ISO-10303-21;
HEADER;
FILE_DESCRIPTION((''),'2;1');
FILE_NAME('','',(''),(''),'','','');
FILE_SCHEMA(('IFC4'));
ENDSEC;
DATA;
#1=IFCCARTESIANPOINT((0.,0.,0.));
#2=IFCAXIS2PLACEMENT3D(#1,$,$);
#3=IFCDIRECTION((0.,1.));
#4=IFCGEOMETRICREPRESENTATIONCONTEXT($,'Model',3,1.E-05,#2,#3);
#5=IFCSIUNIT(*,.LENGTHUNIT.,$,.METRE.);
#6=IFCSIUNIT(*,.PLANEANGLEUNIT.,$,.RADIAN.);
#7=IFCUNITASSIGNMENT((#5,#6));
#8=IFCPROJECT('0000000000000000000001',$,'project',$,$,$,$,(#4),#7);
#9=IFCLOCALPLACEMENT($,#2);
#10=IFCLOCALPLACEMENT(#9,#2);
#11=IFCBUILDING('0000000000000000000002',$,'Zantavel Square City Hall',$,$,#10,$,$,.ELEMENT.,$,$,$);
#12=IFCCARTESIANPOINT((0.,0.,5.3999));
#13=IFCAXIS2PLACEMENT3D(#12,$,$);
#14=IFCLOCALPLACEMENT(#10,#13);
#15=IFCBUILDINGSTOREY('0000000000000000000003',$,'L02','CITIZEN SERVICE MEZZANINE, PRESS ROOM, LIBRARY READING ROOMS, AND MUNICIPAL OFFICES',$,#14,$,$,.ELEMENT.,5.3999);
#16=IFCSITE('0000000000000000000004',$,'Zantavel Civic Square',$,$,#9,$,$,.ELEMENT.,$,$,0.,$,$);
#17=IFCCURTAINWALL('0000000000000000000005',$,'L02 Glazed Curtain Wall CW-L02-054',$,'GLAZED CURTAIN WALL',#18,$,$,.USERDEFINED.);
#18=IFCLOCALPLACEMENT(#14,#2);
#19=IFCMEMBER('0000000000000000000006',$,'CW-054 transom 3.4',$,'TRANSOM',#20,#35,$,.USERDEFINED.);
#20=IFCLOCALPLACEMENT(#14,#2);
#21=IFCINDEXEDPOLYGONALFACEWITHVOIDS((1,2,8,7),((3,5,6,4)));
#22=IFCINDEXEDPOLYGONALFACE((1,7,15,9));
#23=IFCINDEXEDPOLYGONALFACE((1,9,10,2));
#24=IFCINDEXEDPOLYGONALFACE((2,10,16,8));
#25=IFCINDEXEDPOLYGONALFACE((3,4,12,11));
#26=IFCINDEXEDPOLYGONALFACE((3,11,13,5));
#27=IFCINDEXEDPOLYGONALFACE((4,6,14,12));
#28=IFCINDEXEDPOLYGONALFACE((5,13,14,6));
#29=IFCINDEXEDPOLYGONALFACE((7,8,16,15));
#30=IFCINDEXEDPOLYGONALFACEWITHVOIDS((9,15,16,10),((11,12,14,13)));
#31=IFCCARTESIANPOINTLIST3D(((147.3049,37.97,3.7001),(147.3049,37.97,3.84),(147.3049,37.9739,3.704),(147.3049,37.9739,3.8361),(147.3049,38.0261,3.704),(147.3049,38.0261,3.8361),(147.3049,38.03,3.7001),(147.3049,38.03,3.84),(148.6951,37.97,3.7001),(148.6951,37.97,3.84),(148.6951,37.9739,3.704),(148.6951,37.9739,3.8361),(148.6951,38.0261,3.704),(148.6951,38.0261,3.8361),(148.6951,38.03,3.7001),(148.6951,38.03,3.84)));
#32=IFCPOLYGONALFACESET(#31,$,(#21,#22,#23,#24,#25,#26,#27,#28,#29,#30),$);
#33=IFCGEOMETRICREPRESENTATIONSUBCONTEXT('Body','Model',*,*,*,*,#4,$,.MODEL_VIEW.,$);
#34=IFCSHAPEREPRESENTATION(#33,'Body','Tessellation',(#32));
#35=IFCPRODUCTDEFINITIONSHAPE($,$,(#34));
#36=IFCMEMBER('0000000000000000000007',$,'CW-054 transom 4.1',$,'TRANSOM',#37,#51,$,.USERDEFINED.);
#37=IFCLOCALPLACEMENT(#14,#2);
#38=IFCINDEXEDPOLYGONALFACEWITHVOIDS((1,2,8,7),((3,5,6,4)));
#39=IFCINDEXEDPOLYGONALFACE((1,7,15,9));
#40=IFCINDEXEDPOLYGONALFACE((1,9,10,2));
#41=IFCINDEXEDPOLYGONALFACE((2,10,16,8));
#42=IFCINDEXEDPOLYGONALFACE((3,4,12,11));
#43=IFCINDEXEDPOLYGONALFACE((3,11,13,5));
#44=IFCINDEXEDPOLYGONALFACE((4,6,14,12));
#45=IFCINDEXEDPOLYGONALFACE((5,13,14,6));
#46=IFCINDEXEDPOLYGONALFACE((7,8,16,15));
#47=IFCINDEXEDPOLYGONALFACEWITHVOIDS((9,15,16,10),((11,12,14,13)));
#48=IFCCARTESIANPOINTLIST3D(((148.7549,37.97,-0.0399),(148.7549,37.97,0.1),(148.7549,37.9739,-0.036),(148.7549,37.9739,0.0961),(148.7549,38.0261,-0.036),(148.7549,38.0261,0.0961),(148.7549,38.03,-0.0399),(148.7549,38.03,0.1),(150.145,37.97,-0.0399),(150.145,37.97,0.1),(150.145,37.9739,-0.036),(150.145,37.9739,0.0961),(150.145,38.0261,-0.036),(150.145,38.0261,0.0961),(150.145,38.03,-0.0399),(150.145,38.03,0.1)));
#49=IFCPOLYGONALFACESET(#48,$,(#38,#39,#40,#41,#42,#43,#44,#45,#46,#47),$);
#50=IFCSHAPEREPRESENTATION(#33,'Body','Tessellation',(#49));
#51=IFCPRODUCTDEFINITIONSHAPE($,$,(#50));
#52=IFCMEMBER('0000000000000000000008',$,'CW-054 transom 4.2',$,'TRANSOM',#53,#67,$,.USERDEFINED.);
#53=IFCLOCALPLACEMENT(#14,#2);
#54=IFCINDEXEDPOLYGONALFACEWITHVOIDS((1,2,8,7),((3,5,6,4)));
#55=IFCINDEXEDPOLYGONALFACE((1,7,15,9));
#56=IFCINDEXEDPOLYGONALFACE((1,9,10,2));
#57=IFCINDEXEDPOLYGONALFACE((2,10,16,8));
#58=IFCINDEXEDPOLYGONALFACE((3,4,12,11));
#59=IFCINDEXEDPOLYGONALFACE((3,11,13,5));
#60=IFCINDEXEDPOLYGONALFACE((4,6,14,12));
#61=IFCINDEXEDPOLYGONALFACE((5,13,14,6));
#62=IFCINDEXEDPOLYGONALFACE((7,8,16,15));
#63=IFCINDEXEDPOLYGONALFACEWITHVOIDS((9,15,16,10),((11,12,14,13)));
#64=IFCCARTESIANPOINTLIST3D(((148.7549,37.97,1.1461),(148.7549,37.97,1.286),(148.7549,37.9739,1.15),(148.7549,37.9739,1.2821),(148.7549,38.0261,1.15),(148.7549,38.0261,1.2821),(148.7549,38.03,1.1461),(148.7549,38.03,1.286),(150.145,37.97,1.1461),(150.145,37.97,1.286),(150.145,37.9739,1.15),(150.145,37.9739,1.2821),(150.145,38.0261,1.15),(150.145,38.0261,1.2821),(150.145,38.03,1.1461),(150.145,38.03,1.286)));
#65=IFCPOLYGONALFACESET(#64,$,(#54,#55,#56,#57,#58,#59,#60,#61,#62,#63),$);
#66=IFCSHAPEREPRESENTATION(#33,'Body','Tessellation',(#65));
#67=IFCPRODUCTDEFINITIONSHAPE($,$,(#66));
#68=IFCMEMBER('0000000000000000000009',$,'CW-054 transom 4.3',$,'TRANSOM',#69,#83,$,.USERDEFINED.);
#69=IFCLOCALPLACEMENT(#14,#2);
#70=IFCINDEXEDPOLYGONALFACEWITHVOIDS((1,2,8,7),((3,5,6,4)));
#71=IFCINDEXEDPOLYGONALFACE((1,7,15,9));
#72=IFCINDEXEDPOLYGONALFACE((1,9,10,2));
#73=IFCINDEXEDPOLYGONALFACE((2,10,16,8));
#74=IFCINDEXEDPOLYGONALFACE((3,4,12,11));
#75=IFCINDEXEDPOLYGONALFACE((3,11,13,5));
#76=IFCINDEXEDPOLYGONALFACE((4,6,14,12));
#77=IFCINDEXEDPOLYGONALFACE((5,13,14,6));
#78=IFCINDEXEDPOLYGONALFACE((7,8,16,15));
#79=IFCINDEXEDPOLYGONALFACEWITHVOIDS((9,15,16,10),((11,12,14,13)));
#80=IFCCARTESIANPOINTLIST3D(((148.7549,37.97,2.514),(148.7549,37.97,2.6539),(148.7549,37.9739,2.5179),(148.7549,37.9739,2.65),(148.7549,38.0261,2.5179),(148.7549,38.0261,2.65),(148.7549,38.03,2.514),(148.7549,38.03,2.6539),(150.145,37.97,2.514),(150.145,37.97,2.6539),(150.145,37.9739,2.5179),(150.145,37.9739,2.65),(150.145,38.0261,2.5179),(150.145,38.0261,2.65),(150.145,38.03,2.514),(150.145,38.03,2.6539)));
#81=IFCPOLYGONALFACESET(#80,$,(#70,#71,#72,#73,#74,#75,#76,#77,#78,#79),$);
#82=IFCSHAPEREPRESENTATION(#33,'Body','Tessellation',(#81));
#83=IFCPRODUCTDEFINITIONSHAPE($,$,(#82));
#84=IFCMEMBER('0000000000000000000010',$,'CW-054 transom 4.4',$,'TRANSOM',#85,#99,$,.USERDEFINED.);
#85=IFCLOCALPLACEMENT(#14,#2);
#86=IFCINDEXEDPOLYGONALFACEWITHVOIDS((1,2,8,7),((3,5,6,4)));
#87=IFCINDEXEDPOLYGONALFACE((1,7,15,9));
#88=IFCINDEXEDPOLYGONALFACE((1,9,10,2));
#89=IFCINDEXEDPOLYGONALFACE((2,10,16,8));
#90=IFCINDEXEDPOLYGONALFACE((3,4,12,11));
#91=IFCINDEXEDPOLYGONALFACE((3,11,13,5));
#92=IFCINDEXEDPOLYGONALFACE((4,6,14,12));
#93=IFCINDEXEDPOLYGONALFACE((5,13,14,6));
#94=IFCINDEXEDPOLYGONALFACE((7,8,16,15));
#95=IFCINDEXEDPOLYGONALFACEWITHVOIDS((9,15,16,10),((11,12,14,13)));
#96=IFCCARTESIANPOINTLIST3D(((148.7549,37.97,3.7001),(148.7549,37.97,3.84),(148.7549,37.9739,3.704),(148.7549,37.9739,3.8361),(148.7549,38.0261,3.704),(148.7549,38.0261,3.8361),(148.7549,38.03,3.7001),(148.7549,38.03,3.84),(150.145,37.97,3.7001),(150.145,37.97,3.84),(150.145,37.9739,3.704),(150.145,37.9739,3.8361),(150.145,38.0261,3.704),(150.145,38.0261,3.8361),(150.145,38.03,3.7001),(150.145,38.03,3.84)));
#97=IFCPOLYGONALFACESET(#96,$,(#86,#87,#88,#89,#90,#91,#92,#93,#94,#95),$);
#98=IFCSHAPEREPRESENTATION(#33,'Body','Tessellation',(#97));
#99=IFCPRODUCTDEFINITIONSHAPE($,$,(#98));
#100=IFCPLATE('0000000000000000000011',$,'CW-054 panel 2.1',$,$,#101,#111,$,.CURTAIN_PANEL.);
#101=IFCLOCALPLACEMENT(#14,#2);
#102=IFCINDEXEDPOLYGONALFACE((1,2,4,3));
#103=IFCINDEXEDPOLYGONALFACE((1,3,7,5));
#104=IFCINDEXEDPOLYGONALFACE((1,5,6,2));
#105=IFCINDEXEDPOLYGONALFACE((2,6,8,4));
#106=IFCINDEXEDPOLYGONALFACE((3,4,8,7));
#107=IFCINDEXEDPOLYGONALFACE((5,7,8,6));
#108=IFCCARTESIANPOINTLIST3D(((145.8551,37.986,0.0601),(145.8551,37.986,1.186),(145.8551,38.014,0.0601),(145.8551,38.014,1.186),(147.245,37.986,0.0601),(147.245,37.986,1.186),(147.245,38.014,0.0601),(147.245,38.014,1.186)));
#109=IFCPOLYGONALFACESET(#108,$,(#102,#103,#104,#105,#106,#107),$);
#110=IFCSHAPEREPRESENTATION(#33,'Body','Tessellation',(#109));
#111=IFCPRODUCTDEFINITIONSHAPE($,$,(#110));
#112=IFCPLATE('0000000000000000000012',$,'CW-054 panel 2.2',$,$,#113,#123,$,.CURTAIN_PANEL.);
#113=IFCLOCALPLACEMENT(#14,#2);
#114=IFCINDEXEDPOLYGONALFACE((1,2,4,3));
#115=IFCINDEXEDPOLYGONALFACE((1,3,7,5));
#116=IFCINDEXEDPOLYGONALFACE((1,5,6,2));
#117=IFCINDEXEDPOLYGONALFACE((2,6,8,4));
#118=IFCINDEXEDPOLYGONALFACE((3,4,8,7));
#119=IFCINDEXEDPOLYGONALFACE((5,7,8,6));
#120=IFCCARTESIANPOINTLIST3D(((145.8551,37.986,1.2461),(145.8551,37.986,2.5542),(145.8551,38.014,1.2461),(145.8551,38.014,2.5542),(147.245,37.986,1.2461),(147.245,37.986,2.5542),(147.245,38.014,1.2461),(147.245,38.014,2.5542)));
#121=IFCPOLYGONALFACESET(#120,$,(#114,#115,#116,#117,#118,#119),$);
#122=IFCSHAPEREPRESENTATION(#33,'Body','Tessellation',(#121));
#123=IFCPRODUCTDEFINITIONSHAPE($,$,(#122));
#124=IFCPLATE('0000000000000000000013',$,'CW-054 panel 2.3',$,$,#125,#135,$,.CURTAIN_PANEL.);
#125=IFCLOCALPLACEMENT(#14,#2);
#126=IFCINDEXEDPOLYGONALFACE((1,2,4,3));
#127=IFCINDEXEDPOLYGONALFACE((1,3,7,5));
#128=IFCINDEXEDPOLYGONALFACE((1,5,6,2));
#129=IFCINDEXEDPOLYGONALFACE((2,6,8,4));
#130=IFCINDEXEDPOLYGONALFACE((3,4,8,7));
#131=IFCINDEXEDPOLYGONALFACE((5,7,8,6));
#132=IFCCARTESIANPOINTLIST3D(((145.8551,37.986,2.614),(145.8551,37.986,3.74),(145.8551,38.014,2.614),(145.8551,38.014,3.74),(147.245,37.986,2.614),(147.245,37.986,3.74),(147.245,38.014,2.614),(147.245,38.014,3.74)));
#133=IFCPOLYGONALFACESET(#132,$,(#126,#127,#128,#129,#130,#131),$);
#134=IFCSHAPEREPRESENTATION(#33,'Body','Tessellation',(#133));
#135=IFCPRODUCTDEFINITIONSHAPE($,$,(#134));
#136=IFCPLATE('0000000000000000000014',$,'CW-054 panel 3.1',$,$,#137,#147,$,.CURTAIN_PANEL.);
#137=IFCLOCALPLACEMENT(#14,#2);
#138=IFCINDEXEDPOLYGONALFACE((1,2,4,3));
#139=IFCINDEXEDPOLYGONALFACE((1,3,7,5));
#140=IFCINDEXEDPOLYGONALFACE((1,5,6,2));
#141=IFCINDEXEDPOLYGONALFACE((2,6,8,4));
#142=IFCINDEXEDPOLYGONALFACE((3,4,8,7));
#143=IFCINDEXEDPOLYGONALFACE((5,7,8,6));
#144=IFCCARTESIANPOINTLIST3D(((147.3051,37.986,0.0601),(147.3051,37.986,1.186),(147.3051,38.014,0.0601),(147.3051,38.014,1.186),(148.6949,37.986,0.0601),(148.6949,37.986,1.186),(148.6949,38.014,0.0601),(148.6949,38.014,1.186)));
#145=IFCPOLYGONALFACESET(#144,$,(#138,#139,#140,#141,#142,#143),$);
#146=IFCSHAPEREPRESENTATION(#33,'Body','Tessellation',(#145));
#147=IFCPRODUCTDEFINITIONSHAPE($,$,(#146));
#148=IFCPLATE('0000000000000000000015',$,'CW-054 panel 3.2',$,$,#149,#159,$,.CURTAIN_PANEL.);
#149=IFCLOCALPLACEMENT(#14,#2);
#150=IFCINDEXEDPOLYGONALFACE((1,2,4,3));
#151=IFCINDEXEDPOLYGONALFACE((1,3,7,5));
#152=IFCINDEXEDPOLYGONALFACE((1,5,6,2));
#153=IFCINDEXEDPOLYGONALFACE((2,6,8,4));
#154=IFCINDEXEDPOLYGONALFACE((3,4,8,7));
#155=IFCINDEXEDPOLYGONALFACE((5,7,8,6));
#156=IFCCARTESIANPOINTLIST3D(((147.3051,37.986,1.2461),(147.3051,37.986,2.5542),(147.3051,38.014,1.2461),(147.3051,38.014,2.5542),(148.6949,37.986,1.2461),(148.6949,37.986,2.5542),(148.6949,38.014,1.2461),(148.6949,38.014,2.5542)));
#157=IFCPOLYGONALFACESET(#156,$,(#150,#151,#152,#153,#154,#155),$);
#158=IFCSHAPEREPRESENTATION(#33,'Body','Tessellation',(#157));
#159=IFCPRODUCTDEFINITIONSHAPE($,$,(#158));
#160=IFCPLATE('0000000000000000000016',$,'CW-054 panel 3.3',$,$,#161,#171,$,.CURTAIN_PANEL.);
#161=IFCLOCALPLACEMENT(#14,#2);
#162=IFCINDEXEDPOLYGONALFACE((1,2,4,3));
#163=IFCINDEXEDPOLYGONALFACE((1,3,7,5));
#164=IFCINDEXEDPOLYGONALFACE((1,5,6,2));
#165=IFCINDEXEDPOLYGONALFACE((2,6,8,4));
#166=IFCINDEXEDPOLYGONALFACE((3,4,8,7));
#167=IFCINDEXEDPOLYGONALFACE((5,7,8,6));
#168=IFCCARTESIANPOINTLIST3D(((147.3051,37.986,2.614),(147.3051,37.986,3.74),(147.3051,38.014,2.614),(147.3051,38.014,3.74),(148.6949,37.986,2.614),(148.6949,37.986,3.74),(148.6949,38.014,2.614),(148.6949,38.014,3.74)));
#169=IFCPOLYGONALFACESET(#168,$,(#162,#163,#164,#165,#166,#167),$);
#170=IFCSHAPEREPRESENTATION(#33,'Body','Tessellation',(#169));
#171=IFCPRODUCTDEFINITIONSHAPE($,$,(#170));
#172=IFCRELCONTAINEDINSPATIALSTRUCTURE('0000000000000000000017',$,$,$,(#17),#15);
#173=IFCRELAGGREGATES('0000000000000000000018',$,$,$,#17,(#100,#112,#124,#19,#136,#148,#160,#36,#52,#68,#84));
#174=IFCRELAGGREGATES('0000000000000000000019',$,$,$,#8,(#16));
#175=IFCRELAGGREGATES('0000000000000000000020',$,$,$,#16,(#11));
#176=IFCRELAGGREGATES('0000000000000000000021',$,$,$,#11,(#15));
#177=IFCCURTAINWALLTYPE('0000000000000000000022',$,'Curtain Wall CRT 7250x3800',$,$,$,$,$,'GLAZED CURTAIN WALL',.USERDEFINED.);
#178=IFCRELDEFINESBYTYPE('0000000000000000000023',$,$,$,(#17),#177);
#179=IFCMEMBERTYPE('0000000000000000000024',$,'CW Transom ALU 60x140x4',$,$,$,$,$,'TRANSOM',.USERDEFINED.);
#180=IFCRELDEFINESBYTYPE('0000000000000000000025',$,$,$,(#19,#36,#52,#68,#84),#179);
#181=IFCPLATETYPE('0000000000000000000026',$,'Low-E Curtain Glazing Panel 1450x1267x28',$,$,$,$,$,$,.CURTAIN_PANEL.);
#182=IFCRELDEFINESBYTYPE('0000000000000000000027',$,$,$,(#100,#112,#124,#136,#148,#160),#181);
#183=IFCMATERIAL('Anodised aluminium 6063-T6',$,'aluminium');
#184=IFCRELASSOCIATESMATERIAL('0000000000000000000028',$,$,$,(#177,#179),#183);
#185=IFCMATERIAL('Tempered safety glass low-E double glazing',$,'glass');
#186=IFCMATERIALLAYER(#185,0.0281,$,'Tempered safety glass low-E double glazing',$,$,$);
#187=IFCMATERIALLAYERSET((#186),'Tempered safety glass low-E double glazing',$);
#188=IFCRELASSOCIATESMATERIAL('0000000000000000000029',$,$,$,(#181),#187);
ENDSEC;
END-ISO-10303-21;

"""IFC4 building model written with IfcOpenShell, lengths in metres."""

from ifc_helpers import new_model, si_unit, direction, frame, origin, origin_2d, place, context, subcontext, project, spatial, rectangle, hollow_rectangle, extrude, material, layer, layer_set, material_profile, profile_set, type_object, element, aggregate, save


model = new_model("IFC4")

# Units and contexts
model_context = context("Model", 3, precision=1e-05, world=origin(), true_north=direction((0.0, 1.0)))
body_context = subcontext(model_context, "Body", "Model", "MODEL_VIEW")
ifc_project = project(units=[si_unit("LENGTHUNIT", "METRE"), si_unit("PLANEANGLEUNIT", "RADIAN")], contexts=[model_context])

# Site, building, storey
site_placement = place(None, origin())
site = spatial("IfcSite", under=ifc_project, at=site_placement, Name="Zantavel Civic Square", CompositionType="ELEMENT", RefElevation=0.0)
building_placement = place(site_placement, origin())
building = spatial("IfcBuilding", under=site, at=building_placement, Name="Zantavel Square City Hall", CompositionType="ELEMENT")
storey_placement = place(building_placement, frame((0.0, 0.0, 5.3999)))
storey = spatial("IfcBuildingStorey", under=building, at=storey_placement, Name="L02", Description="CITIZEN SERVICE MEZZANINE, PRESS ROOM, LIBRARY READING ROOMS, AND MUNICIPAL OFFICES", CompositionType="ELEMENT", Elevation=5.3999)

# Curtain wall, members, plates
ifc_material_1 = material(Name="Anodised aluminium 6063-T6", Category="aluminium")
curtain_wall_type = type_object("IfcCurtainWallType", Name="Curtain Wall CRT 7250x3800", ElementType="GLAZED CURTAIN WALL", PredefinedType="USERDEFINED", material=ifc_material_1)
curtain_wall_placement = place(storey_placement, origin())
curtain_wall = element("IfcCurtainWall", 1, at=curtain_wall_placement, inside=storey, type_object=curtain_wall_type, Name="L02 Glazed Curtain Wall CW-L02-054", ObjectType="GLAZED CURTAIN WALL", PredefinedType="USERDEFINED")
ifc_material_profile_1 = material_profile(ifc_material_1, hollow_rectangle(XDim=0.0601, YDim=0.1399, WallThickness=0.0039, at=origin_2d()), Name="ALU 60x140x4")
ifc_profile_set_1 = profile_set([ifc_material_profile_1], Name="Anodised aluminium 6063-T6")
member_type_1 = type_object("IfcMemberType", Name="CW Transom ALU 60x140x4", ElementType="TRANSOM", PredefinedType="USERDEFINED", material=ifc_profile_set_1)
member_1_placement = place(storey_placement, frame((147.3049, 38.0, 3.77), z_axis=(1.0, 0.0, 0.0), x_axis=(0.0, 1.0, 0.0)))
member_1 = element("IfcMember", 2, at=member_1_placement, type_object=member_type_1, Name="CW-054 transom 3.4", ObjectType="TRANSOM", PredefinedType="USERDEFINED", context=body_context, shape_type="SweptSolid", body=[
    extrude(hollow_rectangle(XDim=0.0601, YDim=0.1399, WallThickness=0.0039, at=origin_2d()), origin(), (0.0, 0.0, 1.0), 1.3901),
])
member_2_placement = place(storey_placement, frame((148.7549, 38.0, 0.03), z_axis=(1.0, 0.0, 0.0), x_axis=(0.0, 1.0, 0.0)))
member_2 = element("IfcMember", 3, at=member_2_placement, type_object=member_type_1, Name="CW-054 transom 4.1", ObjectType="TRANSOM", PredefinedType="USERDEFINED", context=body_context, shape_type="SweptSolid", body=[
    extrude(hollow_rectangle(XDim=0.0601, YDim=0.1399, WallThickness=0.0039, at=origin_2d()), origin(), (0.0, 0.0, 1.0), 1.3901),
])
member_3_placement = place(storey_placement, frame((148.7549, 38.0, 1.2161), z_axis=(1.0, 0.0, 0.0), x_axis=(0.0, 1.0, 0.0)))
member_3 = element("IfcMember", 4, at=member_3_placement, type_object=member_type_1, Name="CW-054 transom 4.2", ObjectType="TRANSOM", PredefinedType="USERDEFINED", context=body_context, shape_type="SweptSolid", body=[
    extrude(hollow_rectangle(XDim=0.0601, YDim=0.1399, WallThickness=0.0039, at=origin_2d()), origin(), (0.0, 0.0, 1.0), 1.3901),
])
member_4_placement = place(storey_placement, frame((148.7549, 38.0, 2.584), z_axis=(1.0, 0.0, 0.0), x_axis=(0.0, 1.0, 0.0)))
member_4 = element("IfcMember", 5, at=member_4_placement, type_object=member_type_1, Name="CW-054 transom 4.3", ObjectType="TRANSOM", PredefinedType="USERDEFINED", context=body_context, shape_type="SweptSolid", body=[
    extrude(hollow_rectangle(XDim=0.0601, YDim=0.1399, WallThickness=0.0039, at=origin_2d()), origin(), (0.0, 0.0, 1.0), 1.3901),
])
member_5_placement = place(storey_placement, frame((148.7549, 38.0, 3.77), z_axis=(1.0, 0.0, 0.0), x_axis=(0.0, 1.0, 0.0)))
member_5 = element("IfcMember", 6, at=member_5_placement, type_object=member_type_1, Name="CW-054 transom 4.4", ObjectType="TRANSOM", PredefinedType="USERDEFINED", context=body_context, shape_type="SweptSolid", body=[
    extrude(hollow_rectangle(XDim=0.0601, YDim=0.1399, WallThickness=0.0039, at=origin_2d()), origin(), (0.0, 0.0, 1.0), 1.3901),
])
ifc_material_2 = material(Name="Tempered safety glass low-E double glazing", Category="glass")
ifc_layer = layer(ifc_material_2, 0.0281, Name="Tempered safety glass low-E double glazing")
ifc_layer_set = layer_set([ifc_layer], Name="Tempered safety glass low-E double glazing")
plate_type = type_object("IfcPlateType", Name="Low-E Curtain Glazing Panel 1450x1267x28", PredefinedType="CURTAIN_PANEL", material=ifc_layer_set)
plate_1_placement = place(storey_placement, frame((146.55, 38.0, 0.0601), z_axis=(0.0, 0.0, 1.0), x_axis=(1.0, 0.0, 0.0)))
plate_1 = element("IfcPlate", 7, at=plate_1_placement, type_object=plate_type, Name="CW-054 panel 2.1", PredefinedType="CURTAIN_PANEL", context=body_context, shape_type="SweptSolid", body=[
    extrude(rectangle(XDim=1.3899, YDim=0.0281, at=origin_2d()), origin(), (0.0, 0.0, 1.0), 1.126),
])
plate_2_placement = place(storey_placement, frame((146.55, 38.0, 1.2461), z_axis=(0.0, 0.0, 1.0), x_axis=(1.0, 0.0, 0.0)))
plate_2 = element("IfcPlate", 8, at=plate_2_placement, type_object=plate_type, Name="CW-054 panel 2.2", PredefinedType="CURTAIN_PANEL", context=body_context, shape_type="SweptSolid", body=[
    extrude(rectangle(XDim=1.3899, YDim=0.0281, at=origin_2d()), origin(), (0.0, 0.0, 1.0), 1.3081),
])
plate_3_placement = place(storey_placement, frame((146.55, 38.0, 2.614), z_axis=(0.0, 0.0, 1.0), x_axis=(1.0, 0.0, 0.0)))
plate_3 = element("IfcPlate", 9, at=plate_3_placement, type_object=plate_type, Name="CW-054 panel 2.3", PredefinedType="CURTAIN_PANEL", context=body_context, shape_type="SweptSolid", body=[
    extrude(rectangle(XDim=1.3899, YDim=0.0281, at=origin_2d()), origin(), (0.0, 0.0, 1.0), 1.126),
])
plate_4_placement = place(storey_placement, frame((148.0, 38.0, 0.0601), z_axis=(0.0, 0.0, 1.0), x_axis=(1.0, 0.0, 0.0)))
plate_4 = element("IfcPlate", 10, at=plate_4_placement, type_object=plate_type, Name="CW-054 panel 3.1", PredefinedType="CURTAIN_PANEL", context=body_context, shape_type="SweptSolid", body=[
    extrude(rectangle(XDim=1.3899, YDim=0.0281, at=origin_2d()), origin(), (0.0, 0.0, 1.0), 1.126),
])
plate_5_placement = place(storey_placement, frame((148.0, 38.0, 1.2461), z_axis=(0.0, 0.0, 1.0), x_axis=(1.0, 0.0, 0.0)))
plate_5 = element("IfcPlate", 11, at=plate_5_placement, type_object=plate_type, Name="CW-054 panel 3.2", PredefinedType="CURTAIN_PANEL", context=body_context, shape_type="SweptSolid", body=[
    extrude(rectangle(XDim=1.3899, YDim=0.0281, at=origin_2d()), origin(), (0.0, 0.0, 1.0), 1.3081),
])
plate_6_placement = place(storey_placement, frame((148.0, 38.0, 2.614), z_axis=(0.0, 0.0, 1.0), x_axis=(1.0, 0.0, 0.0)))
plate_6 = element("IfcPlate", 12, at=plate_6_placement, type_object=plate_type, Name="CW-054 panel 3.3", PredefinedType="CURTAIN_PANEL", context=body_context, shape_type="SweptSolid", body=[
    extrude(rectangle(XDim=1.3899, YDim=0.0281, at=origin_2d()), origin(), (0.0, 0.0, 1.0), 1.126),
])
aggregate(curtain_wall, [plate_1, plate_2, plate_3, member_1, plate_4, plate_5, plate_6, member_2, member_3, member_4, member_5])

save(model, "model.ifc")
